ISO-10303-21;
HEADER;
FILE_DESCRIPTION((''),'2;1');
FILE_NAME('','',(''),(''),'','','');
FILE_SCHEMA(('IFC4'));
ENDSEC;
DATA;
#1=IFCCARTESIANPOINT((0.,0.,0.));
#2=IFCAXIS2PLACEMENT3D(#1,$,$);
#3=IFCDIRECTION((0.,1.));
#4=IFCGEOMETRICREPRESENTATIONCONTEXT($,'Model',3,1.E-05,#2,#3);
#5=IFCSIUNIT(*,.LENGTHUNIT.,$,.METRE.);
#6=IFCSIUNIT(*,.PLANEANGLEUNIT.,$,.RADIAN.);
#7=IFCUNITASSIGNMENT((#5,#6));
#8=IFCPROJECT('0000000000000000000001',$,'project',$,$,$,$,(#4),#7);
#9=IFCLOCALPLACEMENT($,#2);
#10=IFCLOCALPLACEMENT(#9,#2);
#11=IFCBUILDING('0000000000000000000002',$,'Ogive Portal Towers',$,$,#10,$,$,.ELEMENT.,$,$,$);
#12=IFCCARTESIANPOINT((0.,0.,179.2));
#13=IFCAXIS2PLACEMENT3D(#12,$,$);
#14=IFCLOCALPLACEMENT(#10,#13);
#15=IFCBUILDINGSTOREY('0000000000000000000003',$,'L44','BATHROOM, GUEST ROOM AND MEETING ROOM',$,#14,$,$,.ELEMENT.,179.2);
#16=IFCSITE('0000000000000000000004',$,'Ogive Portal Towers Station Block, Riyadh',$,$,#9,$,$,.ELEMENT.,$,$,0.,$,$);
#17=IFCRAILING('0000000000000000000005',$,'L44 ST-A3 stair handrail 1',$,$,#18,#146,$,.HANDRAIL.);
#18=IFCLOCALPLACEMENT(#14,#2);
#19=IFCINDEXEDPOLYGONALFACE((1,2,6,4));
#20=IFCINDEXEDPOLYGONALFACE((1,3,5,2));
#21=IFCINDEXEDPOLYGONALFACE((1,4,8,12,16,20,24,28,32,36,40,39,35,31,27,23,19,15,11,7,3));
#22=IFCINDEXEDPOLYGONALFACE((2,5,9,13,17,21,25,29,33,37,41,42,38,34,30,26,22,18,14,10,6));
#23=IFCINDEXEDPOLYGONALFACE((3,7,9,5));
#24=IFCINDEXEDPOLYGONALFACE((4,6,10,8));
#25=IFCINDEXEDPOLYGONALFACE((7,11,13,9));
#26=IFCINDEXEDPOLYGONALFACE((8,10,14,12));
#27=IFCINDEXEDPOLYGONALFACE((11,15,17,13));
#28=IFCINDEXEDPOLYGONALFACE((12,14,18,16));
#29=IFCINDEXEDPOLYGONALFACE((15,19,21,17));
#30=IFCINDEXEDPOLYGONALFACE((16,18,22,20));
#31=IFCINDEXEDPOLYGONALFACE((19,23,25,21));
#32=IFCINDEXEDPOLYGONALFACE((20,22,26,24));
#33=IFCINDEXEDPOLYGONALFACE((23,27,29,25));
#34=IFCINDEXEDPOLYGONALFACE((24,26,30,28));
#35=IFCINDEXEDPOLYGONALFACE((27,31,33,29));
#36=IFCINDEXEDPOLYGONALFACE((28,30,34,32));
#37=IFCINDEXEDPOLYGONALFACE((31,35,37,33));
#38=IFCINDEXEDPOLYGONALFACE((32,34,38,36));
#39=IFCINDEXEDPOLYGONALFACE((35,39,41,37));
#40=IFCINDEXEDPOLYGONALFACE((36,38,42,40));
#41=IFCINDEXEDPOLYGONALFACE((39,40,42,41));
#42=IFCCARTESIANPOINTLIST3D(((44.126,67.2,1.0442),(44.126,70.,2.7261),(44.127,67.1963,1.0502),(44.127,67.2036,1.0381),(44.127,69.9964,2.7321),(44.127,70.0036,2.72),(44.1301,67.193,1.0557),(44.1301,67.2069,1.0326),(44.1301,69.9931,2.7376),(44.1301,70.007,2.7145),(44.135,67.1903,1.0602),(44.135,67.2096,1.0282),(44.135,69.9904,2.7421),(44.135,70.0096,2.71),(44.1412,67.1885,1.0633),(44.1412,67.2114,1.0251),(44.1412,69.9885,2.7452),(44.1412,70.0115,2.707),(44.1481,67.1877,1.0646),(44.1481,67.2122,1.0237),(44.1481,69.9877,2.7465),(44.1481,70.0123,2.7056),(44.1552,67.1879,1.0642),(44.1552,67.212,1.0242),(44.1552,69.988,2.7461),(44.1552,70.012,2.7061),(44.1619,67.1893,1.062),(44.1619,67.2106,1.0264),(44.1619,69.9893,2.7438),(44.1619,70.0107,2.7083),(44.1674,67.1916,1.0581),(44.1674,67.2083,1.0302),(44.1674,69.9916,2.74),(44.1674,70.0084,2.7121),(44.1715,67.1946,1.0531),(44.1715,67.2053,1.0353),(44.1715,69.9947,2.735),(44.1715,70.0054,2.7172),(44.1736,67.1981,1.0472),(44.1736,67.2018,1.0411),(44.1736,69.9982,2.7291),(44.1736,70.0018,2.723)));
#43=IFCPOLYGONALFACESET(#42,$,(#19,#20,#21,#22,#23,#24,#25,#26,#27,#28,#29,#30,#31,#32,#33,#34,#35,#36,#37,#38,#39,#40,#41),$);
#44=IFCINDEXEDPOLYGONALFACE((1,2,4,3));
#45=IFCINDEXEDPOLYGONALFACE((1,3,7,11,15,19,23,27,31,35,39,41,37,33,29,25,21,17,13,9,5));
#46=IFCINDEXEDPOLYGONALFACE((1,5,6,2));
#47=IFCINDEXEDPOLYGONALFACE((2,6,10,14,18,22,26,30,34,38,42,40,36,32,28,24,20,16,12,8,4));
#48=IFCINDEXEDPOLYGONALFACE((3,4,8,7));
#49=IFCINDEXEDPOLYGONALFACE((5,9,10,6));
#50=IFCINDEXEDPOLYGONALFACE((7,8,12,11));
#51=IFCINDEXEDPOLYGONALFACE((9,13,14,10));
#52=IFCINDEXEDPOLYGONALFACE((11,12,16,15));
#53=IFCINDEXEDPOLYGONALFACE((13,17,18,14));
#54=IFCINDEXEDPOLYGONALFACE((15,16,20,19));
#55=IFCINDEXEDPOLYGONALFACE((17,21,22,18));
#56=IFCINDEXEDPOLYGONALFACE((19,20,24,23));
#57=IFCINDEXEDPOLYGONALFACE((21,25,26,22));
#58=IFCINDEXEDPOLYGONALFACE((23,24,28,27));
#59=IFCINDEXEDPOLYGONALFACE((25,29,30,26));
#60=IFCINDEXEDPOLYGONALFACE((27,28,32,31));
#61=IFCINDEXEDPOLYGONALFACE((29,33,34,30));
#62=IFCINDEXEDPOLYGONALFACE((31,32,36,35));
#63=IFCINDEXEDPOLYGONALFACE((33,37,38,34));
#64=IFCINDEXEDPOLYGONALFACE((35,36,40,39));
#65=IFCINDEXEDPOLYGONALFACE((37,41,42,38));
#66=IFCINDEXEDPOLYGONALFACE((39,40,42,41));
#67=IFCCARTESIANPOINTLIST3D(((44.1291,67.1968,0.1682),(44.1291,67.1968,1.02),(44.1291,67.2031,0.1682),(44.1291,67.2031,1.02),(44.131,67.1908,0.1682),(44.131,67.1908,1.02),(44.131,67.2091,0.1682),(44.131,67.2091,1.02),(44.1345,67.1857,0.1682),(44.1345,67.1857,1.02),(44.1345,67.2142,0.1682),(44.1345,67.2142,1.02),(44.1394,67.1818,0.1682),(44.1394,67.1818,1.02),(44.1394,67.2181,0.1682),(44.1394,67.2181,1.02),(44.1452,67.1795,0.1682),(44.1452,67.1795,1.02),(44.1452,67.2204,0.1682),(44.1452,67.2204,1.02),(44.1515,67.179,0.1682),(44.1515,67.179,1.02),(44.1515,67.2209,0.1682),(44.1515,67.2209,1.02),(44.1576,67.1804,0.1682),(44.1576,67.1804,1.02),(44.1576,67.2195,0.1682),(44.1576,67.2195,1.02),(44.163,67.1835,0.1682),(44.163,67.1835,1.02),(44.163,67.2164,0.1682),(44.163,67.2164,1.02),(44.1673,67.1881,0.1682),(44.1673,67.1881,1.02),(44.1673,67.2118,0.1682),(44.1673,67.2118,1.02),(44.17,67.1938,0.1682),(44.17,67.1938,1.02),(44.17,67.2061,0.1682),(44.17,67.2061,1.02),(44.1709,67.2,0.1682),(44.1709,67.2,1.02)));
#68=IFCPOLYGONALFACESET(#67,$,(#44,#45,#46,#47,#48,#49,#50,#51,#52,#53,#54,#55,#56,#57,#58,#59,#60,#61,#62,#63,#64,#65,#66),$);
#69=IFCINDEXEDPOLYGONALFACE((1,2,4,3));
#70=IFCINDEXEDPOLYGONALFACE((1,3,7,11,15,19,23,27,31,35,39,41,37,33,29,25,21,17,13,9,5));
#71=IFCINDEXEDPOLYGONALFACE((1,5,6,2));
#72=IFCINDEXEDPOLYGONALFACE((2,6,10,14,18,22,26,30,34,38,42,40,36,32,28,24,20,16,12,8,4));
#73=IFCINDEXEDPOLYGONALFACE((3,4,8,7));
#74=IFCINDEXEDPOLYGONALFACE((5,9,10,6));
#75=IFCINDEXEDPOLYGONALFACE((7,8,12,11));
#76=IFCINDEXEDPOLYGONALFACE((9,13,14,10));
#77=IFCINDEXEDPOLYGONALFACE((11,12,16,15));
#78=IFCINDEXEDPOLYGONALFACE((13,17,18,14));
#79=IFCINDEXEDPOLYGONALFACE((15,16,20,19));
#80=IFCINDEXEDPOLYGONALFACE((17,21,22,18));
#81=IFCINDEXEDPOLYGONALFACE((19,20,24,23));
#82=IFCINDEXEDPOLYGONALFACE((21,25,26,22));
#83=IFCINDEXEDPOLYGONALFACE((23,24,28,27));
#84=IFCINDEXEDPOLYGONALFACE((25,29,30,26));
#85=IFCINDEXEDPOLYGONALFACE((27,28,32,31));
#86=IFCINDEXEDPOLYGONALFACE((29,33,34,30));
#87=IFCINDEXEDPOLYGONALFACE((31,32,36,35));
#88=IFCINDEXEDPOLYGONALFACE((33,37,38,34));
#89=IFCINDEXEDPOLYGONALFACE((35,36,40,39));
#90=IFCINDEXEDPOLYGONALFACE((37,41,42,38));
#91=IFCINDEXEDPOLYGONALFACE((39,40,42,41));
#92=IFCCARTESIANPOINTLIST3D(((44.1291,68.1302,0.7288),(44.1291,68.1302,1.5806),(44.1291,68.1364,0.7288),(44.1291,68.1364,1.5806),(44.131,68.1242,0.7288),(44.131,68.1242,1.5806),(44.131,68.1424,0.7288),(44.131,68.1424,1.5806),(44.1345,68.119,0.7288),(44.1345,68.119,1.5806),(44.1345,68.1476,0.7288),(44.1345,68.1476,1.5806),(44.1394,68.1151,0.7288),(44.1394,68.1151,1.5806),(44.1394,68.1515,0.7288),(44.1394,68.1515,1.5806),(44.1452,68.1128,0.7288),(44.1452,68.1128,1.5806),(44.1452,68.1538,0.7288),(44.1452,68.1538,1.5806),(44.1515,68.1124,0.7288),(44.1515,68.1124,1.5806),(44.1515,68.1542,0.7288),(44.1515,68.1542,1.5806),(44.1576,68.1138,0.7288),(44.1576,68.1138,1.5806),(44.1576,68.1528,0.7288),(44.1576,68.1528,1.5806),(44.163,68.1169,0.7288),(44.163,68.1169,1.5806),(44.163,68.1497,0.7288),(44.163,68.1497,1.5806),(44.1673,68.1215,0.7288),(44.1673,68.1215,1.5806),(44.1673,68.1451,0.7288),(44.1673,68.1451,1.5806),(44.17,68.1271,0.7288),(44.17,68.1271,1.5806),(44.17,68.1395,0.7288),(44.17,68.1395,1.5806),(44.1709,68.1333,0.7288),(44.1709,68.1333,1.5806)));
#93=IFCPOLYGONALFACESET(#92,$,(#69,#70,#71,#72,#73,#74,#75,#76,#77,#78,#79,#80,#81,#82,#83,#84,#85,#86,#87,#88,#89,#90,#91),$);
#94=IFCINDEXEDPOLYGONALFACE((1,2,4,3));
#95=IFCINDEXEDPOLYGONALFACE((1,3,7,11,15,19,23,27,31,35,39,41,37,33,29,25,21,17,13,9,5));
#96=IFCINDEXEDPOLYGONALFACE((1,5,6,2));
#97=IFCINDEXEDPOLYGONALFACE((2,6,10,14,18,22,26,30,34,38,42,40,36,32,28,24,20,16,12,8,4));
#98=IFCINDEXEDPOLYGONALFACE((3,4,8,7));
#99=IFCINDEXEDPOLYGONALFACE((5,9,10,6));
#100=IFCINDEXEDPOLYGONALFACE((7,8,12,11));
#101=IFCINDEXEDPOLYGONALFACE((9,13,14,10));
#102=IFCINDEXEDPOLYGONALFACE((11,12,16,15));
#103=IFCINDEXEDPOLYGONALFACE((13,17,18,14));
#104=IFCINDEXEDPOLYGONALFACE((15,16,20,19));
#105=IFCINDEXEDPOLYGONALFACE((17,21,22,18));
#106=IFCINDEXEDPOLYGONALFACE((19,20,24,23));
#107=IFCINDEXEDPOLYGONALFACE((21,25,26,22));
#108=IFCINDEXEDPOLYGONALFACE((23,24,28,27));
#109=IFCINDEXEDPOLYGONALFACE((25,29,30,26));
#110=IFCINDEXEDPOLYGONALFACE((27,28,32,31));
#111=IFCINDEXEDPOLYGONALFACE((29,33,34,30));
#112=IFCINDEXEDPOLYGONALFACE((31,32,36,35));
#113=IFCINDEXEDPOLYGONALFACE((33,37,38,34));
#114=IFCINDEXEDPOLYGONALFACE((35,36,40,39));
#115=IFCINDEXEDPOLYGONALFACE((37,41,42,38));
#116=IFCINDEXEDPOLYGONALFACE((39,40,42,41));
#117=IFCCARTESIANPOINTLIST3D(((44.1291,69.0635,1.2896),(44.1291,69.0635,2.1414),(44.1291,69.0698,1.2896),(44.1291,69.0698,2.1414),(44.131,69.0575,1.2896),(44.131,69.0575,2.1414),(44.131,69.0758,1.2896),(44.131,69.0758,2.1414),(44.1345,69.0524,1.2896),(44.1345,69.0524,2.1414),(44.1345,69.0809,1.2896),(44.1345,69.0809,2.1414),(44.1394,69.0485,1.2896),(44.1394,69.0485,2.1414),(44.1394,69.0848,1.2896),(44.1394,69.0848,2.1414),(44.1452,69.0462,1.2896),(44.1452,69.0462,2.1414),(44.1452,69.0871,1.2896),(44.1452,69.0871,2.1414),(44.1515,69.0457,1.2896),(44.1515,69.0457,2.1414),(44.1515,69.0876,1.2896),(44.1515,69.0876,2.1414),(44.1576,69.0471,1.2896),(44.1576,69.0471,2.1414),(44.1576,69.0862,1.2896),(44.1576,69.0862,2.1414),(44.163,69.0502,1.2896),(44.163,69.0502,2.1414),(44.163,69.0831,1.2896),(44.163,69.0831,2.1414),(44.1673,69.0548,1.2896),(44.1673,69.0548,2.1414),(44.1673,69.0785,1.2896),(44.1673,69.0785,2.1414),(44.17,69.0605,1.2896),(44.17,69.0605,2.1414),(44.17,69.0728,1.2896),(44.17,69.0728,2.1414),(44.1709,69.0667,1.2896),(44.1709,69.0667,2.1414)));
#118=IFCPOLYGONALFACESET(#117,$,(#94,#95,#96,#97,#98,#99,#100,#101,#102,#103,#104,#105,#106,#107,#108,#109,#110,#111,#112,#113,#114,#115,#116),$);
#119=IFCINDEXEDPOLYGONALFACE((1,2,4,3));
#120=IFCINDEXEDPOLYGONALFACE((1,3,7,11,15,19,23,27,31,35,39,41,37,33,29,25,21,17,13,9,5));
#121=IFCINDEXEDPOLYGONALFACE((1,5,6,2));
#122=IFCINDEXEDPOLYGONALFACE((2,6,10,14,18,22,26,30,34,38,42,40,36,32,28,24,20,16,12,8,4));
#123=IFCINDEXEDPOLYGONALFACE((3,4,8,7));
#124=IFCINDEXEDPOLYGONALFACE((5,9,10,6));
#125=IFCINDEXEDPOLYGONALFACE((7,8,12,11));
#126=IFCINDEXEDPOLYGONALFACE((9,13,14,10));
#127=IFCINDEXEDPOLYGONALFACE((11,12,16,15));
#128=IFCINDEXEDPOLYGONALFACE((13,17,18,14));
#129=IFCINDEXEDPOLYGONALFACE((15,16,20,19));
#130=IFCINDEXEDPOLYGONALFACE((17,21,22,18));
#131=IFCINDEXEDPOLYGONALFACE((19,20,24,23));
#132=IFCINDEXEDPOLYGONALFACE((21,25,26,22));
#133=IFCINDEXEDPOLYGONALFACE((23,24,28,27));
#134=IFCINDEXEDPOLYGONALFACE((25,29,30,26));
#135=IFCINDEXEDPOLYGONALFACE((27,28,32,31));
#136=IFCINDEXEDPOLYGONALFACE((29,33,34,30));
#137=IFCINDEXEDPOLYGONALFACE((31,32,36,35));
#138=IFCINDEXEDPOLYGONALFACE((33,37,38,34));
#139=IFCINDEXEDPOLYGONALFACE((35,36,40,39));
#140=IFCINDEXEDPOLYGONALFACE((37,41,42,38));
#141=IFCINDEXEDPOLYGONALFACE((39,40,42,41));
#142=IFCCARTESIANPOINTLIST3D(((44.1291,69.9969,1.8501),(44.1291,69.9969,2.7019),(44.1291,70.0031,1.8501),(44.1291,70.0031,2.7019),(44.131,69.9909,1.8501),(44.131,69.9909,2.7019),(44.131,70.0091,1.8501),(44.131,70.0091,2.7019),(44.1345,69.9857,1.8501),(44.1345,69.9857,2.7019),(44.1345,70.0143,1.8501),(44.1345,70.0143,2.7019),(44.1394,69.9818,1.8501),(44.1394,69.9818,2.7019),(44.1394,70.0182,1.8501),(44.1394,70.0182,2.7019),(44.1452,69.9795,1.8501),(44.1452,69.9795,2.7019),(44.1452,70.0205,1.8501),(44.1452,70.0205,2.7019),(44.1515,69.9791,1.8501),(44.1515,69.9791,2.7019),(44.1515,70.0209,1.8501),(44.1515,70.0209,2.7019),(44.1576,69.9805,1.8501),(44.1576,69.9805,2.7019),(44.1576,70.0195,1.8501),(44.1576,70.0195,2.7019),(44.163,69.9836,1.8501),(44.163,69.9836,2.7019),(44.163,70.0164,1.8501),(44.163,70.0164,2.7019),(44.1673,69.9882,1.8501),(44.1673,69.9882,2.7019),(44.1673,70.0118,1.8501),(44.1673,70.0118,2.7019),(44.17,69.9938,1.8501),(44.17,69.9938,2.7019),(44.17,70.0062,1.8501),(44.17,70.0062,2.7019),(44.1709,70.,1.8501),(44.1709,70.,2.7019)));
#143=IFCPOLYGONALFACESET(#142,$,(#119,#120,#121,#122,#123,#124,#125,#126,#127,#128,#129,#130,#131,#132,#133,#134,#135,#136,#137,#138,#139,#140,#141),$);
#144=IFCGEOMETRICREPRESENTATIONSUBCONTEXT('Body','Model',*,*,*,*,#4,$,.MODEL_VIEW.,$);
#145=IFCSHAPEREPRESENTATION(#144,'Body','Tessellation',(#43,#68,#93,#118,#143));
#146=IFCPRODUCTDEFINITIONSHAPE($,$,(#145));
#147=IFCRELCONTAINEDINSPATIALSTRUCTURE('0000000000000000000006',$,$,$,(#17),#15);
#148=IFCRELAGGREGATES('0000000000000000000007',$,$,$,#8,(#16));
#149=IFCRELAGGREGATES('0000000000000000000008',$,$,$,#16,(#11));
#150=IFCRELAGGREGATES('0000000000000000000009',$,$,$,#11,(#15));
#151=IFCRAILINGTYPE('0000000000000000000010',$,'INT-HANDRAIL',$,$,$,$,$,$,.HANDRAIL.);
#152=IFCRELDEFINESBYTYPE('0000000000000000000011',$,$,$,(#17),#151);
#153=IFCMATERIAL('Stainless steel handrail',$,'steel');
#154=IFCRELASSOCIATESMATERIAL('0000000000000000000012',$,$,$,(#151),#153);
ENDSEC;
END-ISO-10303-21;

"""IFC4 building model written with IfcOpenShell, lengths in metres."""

from ifc_helpers import new_model, si_unit, direction, frame, origin, origin_2d, place, context, subcontext, project, spatial, circle, extrude, material, type_object, element, save


model = new_model("IFC4")

# Units and contexts
model_context = context("Model", 3, precision=1e-05, world=origin(), true_north=direction((0.0, 1.0)))
body_context = subcontext(model_context, "Body", "Model", "MODEL_VIEW")
ifc_project = project(units=[si_unit("LENGTHUNIT", "METRE"), si_unit("PLANEANGLEUNIT", "RADIAN")], contexts=[model_context])

# Site, building, storey
site_placement = place(None, origin())
site = spatial("IfcSite", under=ifc_project, at=site_placement, Name="Ogive Portal Towers Station Block, Riyadh", CompositionType="ELEMENT", RefElevation=0.0)
building_placement = place(site_placement, origin())
building = spatial("IfcBuilding", under=site, at=building_placement, Name="Ogive Portal Towers", CompositionType="ELEMENT")
storey_placement = place(building_placement, frame((0.0, 0.0, 179.2)))
storey = spatial("IfcBuildingStorey", under=building, at=storey_placement, Name="L44", Description="BATHROOM, GUEST ROOM AND MEETING ROOM", CompositionType="ELEMENT", Elevation=179.2)

# Railing
ifc_material_1 = material(Name="Stainless steel handrail", Category="steel")
railing_type_1 = type_object("IfcRailingType", Name="INT-HANDRAIL", PredefinedType="HANDRAIL", material=ifc_material_1)
railing_1_placement = place(storey_placement, frame((44.1499, 67.2, 0.1682)))
element("IfcRailing", 1, at=railing_1_placement, inside=storey, type_object=railing_type_1, Name="L44 ST-A3 stair handrail 1", PredefinedType="HANDRAIL", context=body_context, shape_type="SweptSolid", body=[
    extrude(circle(Radius=0.0239, at=origin_2d()), frame((0.0, 0.0, 0.876), z_axis=(0.0, 0.857242, 0.514913), x_axis=(-1.0, 0.0, 0.0)), (0.0, 0.0, 1.0), 3.2664),
    extrude(circle(Radius=0.021, at=origin_2d()), origin(), (0.0, 0.0, 1.0), 0.8518),
    extrude(circle(Radius=0.021, at=origin_2d()), frame((0.0, 0.9333, 0.5605)), (0.0, 0.0, 1.0), 0.8518),
    extrude(circle(Radius=0.021, at=origin_2d()), frame((0.0, 1.8667, 1.1213)), (0.0, 0.0, 1.0), 0.8518),
    extrude(circle(Radius=0.021, at=origin_2d()), frame((0.0, 2.8, 1.6819)), (0.0, 0.0, 1.0), 0.8518),
])

save(model, "model.ifc")
